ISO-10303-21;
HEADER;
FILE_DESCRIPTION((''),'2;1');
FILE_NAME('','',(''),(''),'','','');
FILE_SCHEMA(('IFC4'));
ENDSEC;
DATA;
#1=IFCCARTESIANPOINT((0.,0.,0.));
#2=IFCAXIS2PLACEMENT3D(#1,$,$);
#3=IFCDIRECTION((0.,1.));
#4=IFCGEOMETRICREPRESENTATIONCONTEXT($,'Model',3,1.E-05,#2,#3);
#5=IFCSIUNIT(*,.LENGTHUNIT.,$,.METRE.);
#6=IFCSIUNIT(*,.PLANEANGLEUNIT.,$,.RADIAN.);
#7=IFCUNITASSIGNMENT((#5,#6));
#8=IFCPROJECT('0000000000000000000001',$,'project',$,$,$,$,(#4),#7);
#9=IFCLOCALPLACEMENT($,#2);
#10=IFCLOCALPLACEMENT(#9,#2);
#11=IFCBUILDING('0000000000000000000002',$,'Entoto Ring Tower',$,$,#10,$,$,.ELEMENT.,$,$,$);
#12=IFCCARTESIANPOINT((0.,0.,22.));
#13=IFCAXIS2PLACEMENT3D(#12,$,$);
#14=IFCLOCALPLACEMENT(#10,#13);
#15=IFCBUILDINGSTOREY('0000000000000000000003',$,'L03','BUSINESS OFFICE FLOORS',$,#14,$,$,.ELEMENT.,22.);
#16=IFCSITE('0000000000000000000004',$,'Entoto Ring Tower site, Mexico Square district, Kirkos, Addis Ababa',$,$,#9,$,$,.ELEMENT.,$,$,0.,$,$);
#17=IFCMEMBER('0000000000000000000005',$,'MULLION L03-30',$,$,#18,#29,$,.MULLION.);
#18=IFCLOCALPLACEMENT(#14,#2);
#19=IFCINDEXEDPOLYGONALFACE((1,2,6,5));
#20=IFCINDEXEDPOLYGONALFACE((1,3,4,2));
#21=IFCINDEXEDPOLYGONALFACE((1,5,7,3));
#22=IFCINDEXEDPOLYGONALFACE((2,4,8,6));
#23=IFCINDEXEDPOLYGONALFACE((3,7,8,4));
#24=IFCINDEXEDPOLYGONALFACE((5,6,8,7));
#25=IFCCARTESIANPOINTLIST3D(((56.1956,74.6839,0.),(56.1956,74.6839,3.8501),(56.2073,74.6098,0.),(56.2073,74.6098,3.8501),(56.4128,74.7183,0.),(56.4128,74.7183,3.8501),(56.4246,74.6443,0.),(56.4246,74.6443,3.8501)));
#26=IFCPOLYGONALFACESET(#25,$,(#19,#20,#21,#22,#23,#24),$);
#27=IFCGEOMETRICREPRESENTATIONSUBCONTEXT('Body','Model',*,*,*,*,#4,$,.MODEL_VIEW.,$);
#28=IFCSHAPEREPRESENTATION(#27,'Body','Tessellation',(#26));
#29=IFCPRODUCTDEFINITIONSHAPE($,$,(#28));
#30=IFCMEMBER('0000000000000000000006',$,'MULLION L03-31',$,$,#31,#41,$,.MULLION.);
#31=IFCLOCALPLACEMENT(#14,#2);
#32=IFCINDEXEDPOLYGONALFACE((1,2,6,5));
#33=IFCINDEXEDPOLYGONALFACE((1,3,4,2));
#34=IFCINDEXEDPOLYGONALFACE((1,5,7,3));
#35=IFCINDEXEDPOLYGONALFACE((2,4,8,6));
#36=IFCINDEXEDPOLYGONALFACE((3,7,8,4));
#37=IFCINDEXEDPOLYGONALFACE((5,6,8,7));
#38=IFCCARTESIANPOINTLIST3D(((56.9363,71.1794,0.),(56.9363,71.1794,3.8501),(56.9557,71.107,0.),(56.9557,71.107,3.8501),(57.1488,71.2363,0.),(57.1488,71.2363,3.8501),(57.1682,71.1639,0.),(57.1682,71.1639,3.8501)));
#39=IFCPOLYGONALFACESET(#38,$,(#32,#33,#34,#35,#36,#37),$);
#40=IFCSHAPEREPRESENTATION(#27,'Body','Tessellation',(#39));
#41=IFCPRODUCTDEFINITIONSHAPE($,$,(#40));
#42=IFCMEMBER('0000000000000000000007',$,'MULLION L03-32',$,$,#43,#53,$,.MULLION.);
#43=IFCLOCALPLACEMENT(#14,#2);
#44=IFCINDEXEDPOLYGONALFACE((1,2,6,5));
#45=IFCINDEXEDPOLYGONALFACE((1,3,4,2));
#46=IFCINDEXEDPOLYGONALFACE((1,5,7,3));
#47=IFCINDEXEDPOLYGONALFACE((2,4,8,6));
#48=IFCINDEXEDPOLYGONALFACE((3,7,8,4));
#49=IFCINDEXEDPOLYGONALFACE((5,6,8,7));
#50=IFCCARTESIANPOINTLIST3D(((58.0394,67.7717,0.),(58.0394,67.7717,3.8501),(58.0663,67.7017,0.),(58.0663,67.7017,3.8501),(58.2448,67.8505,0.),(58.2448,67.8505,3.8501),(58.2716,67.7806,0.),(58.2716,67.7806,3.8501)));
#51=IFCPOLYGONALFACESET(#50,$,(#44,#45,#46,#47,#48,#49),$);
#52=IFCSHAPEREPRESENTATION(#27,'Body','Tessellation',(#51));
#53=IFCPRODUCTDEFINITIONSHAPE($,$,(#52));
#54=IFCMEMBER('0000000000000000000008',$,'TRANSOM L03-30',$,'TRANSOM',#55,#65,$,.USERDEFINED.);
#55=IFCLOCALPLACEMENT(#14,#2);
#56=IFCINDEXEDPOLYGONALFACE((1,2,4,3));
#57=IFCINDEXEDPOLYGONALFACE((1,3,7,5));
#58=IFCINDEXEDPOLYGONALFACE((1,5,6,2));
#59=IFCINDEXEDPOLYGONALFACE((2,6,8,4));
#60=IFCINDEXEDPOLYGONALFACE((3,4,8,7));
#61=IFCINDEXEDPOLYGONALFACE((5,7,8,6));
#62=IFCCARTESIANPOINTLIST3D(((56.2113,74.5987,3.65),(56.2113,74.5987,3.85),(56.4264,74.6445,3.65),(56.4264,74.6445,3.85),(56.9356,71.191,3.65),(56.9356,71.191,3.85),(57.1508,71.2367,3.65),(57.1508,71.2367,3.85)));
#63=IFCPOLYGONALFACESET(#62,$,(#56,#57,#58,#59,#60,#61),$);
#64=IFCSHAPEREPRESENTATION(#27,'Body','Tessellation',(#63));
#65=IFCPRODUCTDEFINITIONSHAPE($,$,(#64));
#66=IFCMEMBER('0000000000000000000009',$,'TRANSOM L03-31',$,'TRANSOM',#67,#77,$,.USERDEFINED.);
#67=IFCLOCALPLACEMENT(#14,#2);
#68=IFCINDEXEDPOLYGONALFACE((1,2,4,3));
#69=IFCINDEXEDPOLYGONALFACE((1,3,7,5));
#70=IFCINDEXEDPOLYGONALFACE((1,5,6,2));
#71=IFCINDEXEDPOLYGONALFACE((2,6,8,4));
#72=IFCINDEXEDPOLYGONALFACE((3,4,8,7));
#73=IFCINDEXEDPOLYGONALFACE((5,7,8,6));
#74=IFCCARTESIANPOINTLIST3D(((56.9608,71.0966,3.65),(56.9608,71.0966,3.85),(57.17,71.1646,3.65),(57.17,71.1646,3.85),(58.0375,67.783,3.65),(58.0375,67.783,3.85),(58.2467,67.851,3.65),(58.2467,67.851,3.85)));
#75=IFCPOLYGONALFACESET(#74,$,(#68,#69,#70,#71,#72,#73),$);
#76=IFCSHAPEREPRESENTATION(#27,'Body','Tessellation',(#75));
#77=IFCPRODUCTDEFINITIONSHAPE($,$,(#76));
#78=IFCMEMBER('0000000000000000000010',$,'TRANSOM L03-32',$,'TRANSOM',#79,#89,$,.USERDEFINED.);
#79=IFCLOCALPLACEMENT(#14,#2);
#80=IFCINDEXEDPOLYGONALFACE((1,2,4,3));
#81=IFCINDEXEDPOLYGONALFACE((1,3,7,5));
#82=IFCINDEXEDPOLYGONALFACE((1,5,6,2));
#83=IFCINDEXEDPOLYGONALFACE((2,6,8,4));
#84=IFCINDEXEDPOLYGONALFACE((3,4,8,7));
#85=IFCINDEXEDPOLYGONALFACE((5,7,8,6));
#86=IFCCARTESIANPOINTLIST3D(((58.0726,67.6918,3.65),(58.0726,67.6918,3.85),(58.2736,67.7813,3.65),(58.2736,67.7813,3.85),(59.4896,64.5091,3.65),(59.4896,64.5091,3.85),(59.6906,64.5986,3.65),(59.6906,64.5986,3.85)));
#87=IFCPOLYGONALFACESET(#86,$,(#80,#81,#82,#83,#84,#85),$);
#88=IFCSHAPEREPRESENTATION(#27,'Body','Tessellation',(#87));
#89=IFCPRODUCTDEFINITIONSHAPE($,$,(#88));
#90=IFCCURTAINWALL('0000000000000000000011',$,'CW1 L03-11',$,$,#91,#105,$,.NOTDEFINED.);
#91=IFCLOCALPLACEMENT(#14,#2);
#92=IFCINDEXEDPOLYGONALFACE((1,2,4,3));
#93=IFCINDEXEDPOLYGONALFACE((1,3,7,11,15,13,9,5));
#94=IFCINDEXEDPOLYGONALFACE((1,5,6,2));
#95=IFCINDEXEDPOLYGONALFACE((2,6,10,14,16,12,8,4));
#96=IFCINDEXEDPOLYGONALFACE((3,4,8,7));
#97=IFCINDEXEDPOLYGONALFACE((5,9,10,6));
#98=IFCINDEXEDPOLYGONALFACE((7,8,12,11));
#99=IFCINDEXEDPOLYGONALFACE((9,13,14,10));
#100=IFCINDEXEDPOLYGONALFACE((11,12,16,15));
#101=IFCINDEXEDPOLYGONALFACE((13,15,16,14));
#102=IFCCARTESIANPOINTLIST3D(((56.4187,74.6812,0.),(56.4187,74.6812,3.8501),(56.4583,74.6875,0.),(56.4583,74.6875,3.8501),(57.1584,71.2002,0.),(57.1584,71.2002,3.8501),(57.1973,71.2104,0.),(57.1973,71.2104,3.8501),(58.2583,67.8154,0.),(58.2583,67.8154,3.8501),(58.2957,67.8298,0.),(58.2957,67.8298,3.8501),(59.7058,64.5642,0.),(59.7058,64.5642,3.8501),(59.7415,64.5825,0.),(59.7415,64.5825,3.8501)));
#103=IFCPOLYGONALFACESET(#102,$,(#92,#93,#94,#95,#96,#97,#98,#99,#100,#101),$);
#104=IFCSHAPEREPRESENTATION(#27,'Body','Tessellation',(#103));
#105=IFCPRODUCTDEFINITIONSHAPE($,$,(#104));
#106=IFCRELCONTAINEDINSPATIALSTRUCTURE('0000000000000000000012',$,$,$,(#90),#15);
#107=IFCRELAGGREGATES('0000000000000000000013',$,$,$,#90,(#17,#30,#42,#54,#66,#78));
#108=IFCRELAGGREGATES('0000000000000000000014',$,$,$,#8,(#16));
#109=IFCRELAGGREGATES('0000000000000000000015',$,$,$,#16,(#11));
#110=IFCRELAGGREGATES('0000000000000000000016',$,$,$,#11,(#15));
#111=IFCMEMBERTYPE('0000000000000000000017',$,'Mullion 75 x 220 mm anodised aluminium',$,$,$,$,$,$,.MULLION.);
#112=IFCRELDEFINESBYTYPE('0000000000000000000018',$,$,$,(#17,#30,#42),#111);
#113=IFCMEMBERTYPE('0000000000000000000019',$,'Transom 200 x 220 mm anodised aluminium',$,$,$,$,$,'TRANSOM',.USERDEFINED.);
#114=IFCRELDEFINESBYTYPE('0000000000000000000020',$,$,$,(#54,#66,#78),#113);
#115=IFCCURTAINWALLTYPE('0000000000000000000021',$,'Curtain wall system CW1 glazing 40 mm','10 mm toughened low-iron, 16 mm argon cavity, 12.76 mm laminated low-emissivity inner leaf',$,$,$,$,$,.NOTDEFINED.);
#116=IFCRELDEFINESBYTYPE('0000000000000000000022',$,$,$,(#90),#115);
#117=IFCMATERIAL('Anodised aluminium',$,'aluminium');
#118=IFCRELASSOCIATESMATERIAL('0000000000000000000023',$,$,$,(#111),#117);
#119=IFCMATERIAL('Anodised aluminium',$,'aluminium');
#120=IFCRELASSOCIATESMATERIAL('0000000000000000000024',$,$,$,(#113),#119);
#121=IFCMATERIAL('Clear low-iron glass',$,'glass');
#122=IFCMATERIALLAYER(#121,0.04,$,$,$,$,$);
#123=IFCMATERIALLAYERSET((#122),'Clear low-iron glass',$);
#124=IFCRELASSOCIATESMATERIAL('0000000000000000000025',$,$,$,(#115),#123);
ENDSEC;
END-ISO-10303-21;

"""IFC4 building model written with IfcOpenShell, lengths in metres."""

from ifc_helpers import new_model, si_unit, direction, frame, origin, origin_2d, place, context, subcontext, project, spatial, polyline, rectangle, outline, extrude, material, layer, layer_set, material_profile, profile_set, type_object, element, aggregate, save


model = new_model("IFC4")

# Units and contexts
model_context = context("Model", 3, precision=1e-05, world=origin(), true_north=direction((0.0, 1.0)))
body_context = subcontext(model_context, "Body", "Model", "MODEL_VIEW")
ifc_project = project(units=[si_unit("LENGTHUNIT", "METRE"), si_unit("PLANEANGLEUNIT", "RADIAN")], contexts=[model_context])

# Members
ifc_material_1 = material(Name="Anodised aluminium", Category="aluminium")
ifc_material_profile_1 = material_profile(ifc_material_1, rectangle(XDim=0.075, YDim=0.22, at=origin_2d()), Name="Mullion 75 x 220 mm anodised aluminium")
ifc_profile_set_1 = profile_set([ifc_material_profile_1], Name="Anodised aluminium")
member_type_1 = type_object("IfcMemberType", Name="Mullion 75 x 220 mm anodised aluminium", PredefinedType="MULLION", material=ifc_profile_set_1)
site_placement = place(None, origin())
building_placement = place(site_placement, origin())
storey_placement = place(building_placement, frame((0.0, 0.0, 22.0)))
member_1_placement = place(storey_placement, frame((56.3101, 74.6641, 0.0), z_axis=(0.0, 0.0, 1.0), x_axis=(0.156434, -0.987688, 0.0)))
member_1 = element("IfcMember", 1, at=member_1_placement, type_object=member_type_1, Name="MULLION L03-30", PredefinedType="MULLION", context=body_context, shape_type="SweptSolid", body=[
    extrude(rectangle(XDim=0.075, YDim=0.22, at=origin_2d()), origin(), (0.0, 0.0, 1.0), 3.8501),
])
member_2_placement = place(storey_placement, frame((57.0522, 71.1716, 0.0), z_axis=(0.0, 0.0, 1.0), x_axis=(0.258819, -0.965926, 0.0)))
member_2 = element("IfcMember", 2, at=member_2_placement, type_object=member_type_1, Name="MULLION L03-31", PredefinedType="MULLION", context=body_context, shape_type="SweptSolid", body=[
    extrude(rectangle(XDim=0.075, YDim=0.22, at=origin_2d()), origin(), (0.0, 0.0, 1.0), 3.8501),
])
member_3_placement = place(storey_placement, frame((58.1555, 67.7761, 0.0), z_axis=(0.0, 0.0, 1.0), x_axis=(0.358368, -0.93358, 0.0)))
member_3 = element("IfcMember", 3, at=member_3_placement, type_object=member_type_1, Name="MULLION L03-32", PredefinedType="MULLION", context=body_context, shape_type="SweptSolid", body=[
    extrude(rectangle(XDim=0.075, YDim=0.22, at=origin_2d()), origin(), (0.0, 0.0, 1.0), 3.8501),
])
ifc_material_2 = material(Name="Anodised aluminium", Category="aluminium")
ifc_material_profile_2 = material_profile(ifc_material_2, rectangle(XDim=0.22, YDim=0.2, at=origin_2d()), Name="Transom 200 x 220 mm anodised aluminium")
ifc_profile_set_2 = profile_set([ifc_material_profile_2], Name="Anodised aluminium")
member_type_2 = type_object("IfcMemberType", Name="Transom 200 x 220 mm anodised aluminium", ElementType="TRANSOM", PredefinedType="USERDEFINED", material=ifc_profile_set_2)
member_4_placement = place(storey_placement, frame((56.3188, 74.6216, 3.75), z_axis=(0.207921, -0.978146, 0.0), x_axis=(0.978146, 0.207921, 0.0)))
member_4 = element("IfcMember", 4, at=member_4_placement, type_object=member_type_2, Name="TRANSOM L03-30", ObjectType="TRANSOM", PredefinedType="USERDEFINED", context=body_context, shape_type="SweptSolid", body=[
    extrude(rectangle(XDim=0.22, YDim=0.2, at=origin_2d()), origin(), (0.0, 0.0, 1.0), 3.4839),
])
member_5_placement = place(storey_placement, frame((57.0654, 71.1306, 3.75), z_axis=(0.309029, -0.951053, 0.0), x_axis=(0.951053, 0.309029, 0.0)))
member_5 = element("IfcMember", 5, at=member_5_placement, type_object=member_type_2, Name="TRANSOM L03-31", ObjectType="TRANSOM", PredefinedType="USERDEFINED", context=body_context, shape_type="SweptSolid", body=[
    extrude(rectangle(XDim=0.22, YDim=0.2, at=origin_2d()), origin(), (0.0, 0.0, 1.0), 3.4841),
])
member_6_placement = place(storey_placement, frame((58.1731, 67.7366, 3.75), z_axis=(0.406737, -0.913545, 0.0), x_axis=(0.913545, 0.406737, 0.0)))
member_6 = element("IfcMember", 6, at=member_6_placement, type_object=member_type_2, Name="TRANSOM L03-32", ObjectType="TRANSOM", PredefinedType="USERDEFINED", context=body_context, shape_type="SweptSolid", body=[
    extrude(rectangle(XDim=0.22, YDim=0.2, at=origin_2d()), origin(), (0.0, 0.0, 1.0), 3.4839),
])

# Site, building, storey
site = spatial("IfcSite", under=ifc_project, at=site_placement, Name="Entoto Ring Tower site, Mexico Square district, Kirkos, Addis Ababa", CompositionType="ELEMENT", RefElevation=0.0)
building = spatial("IfcBuilding", under=site, at=building_placement, Name="Entoto Ring Tower", CompositionType="ELEMENT")
storey = spatial("IfcBuildingStorey", under=building, at=storey_placement, Name="L03", Description="BUSINESS OFFICE FLOORS", CompositionType="ELEMENT", Elevation=22.0)

# Curtain wall
ifc_material_3 = material(Name="Clear low-iron glass", Category="glass")
ifc_layer = layer(ifc_material_3, 0.04)
ifc_layer_set = layer_set([ifc_layer], Name="Clear low-iron glass")
curtain_wall_type = type_object("IfcCurtainWallType", Name="Curtain wall system CW1 glazing 40 mm", Description="10 mm toughened low-iron, 16 mm argon cavity, 12.76 mm laminated low-emissivity inner leaf", PredefinedType="NOTDEFINED", material=ifc_layer_set)
curtain_wall_1_placement = place(storey_placement, origin())
curtain_wall_1 = element("IfcCurtainWall", 7, at=curtain_wall_1_placement, inside=storey, type_object=curtain_wall_type, Name="CW1 L03-11", PredefinedType="NOTDEFINED", context=body_context, shape_type="SweptSolid", body=[
    extrude(outline(polyline([(56.4187, 74.6812), (57.1584, 71.2002), (58.2583, 67.8154), (59.7058, 64.5642), (59.7415, 64.5825), (58.2957, 67.8298), (57.1973, 71.2104), (56.4583, 74.6875), (56.4187, 74.6812)])), origin(), (0.0, 0.0, 1.0), 3.8501),
])
aggregate(curtain_wall_1, [member_1, member_2, member_3, member_4, member_5, member_6])

save(model, "model.ifc")
